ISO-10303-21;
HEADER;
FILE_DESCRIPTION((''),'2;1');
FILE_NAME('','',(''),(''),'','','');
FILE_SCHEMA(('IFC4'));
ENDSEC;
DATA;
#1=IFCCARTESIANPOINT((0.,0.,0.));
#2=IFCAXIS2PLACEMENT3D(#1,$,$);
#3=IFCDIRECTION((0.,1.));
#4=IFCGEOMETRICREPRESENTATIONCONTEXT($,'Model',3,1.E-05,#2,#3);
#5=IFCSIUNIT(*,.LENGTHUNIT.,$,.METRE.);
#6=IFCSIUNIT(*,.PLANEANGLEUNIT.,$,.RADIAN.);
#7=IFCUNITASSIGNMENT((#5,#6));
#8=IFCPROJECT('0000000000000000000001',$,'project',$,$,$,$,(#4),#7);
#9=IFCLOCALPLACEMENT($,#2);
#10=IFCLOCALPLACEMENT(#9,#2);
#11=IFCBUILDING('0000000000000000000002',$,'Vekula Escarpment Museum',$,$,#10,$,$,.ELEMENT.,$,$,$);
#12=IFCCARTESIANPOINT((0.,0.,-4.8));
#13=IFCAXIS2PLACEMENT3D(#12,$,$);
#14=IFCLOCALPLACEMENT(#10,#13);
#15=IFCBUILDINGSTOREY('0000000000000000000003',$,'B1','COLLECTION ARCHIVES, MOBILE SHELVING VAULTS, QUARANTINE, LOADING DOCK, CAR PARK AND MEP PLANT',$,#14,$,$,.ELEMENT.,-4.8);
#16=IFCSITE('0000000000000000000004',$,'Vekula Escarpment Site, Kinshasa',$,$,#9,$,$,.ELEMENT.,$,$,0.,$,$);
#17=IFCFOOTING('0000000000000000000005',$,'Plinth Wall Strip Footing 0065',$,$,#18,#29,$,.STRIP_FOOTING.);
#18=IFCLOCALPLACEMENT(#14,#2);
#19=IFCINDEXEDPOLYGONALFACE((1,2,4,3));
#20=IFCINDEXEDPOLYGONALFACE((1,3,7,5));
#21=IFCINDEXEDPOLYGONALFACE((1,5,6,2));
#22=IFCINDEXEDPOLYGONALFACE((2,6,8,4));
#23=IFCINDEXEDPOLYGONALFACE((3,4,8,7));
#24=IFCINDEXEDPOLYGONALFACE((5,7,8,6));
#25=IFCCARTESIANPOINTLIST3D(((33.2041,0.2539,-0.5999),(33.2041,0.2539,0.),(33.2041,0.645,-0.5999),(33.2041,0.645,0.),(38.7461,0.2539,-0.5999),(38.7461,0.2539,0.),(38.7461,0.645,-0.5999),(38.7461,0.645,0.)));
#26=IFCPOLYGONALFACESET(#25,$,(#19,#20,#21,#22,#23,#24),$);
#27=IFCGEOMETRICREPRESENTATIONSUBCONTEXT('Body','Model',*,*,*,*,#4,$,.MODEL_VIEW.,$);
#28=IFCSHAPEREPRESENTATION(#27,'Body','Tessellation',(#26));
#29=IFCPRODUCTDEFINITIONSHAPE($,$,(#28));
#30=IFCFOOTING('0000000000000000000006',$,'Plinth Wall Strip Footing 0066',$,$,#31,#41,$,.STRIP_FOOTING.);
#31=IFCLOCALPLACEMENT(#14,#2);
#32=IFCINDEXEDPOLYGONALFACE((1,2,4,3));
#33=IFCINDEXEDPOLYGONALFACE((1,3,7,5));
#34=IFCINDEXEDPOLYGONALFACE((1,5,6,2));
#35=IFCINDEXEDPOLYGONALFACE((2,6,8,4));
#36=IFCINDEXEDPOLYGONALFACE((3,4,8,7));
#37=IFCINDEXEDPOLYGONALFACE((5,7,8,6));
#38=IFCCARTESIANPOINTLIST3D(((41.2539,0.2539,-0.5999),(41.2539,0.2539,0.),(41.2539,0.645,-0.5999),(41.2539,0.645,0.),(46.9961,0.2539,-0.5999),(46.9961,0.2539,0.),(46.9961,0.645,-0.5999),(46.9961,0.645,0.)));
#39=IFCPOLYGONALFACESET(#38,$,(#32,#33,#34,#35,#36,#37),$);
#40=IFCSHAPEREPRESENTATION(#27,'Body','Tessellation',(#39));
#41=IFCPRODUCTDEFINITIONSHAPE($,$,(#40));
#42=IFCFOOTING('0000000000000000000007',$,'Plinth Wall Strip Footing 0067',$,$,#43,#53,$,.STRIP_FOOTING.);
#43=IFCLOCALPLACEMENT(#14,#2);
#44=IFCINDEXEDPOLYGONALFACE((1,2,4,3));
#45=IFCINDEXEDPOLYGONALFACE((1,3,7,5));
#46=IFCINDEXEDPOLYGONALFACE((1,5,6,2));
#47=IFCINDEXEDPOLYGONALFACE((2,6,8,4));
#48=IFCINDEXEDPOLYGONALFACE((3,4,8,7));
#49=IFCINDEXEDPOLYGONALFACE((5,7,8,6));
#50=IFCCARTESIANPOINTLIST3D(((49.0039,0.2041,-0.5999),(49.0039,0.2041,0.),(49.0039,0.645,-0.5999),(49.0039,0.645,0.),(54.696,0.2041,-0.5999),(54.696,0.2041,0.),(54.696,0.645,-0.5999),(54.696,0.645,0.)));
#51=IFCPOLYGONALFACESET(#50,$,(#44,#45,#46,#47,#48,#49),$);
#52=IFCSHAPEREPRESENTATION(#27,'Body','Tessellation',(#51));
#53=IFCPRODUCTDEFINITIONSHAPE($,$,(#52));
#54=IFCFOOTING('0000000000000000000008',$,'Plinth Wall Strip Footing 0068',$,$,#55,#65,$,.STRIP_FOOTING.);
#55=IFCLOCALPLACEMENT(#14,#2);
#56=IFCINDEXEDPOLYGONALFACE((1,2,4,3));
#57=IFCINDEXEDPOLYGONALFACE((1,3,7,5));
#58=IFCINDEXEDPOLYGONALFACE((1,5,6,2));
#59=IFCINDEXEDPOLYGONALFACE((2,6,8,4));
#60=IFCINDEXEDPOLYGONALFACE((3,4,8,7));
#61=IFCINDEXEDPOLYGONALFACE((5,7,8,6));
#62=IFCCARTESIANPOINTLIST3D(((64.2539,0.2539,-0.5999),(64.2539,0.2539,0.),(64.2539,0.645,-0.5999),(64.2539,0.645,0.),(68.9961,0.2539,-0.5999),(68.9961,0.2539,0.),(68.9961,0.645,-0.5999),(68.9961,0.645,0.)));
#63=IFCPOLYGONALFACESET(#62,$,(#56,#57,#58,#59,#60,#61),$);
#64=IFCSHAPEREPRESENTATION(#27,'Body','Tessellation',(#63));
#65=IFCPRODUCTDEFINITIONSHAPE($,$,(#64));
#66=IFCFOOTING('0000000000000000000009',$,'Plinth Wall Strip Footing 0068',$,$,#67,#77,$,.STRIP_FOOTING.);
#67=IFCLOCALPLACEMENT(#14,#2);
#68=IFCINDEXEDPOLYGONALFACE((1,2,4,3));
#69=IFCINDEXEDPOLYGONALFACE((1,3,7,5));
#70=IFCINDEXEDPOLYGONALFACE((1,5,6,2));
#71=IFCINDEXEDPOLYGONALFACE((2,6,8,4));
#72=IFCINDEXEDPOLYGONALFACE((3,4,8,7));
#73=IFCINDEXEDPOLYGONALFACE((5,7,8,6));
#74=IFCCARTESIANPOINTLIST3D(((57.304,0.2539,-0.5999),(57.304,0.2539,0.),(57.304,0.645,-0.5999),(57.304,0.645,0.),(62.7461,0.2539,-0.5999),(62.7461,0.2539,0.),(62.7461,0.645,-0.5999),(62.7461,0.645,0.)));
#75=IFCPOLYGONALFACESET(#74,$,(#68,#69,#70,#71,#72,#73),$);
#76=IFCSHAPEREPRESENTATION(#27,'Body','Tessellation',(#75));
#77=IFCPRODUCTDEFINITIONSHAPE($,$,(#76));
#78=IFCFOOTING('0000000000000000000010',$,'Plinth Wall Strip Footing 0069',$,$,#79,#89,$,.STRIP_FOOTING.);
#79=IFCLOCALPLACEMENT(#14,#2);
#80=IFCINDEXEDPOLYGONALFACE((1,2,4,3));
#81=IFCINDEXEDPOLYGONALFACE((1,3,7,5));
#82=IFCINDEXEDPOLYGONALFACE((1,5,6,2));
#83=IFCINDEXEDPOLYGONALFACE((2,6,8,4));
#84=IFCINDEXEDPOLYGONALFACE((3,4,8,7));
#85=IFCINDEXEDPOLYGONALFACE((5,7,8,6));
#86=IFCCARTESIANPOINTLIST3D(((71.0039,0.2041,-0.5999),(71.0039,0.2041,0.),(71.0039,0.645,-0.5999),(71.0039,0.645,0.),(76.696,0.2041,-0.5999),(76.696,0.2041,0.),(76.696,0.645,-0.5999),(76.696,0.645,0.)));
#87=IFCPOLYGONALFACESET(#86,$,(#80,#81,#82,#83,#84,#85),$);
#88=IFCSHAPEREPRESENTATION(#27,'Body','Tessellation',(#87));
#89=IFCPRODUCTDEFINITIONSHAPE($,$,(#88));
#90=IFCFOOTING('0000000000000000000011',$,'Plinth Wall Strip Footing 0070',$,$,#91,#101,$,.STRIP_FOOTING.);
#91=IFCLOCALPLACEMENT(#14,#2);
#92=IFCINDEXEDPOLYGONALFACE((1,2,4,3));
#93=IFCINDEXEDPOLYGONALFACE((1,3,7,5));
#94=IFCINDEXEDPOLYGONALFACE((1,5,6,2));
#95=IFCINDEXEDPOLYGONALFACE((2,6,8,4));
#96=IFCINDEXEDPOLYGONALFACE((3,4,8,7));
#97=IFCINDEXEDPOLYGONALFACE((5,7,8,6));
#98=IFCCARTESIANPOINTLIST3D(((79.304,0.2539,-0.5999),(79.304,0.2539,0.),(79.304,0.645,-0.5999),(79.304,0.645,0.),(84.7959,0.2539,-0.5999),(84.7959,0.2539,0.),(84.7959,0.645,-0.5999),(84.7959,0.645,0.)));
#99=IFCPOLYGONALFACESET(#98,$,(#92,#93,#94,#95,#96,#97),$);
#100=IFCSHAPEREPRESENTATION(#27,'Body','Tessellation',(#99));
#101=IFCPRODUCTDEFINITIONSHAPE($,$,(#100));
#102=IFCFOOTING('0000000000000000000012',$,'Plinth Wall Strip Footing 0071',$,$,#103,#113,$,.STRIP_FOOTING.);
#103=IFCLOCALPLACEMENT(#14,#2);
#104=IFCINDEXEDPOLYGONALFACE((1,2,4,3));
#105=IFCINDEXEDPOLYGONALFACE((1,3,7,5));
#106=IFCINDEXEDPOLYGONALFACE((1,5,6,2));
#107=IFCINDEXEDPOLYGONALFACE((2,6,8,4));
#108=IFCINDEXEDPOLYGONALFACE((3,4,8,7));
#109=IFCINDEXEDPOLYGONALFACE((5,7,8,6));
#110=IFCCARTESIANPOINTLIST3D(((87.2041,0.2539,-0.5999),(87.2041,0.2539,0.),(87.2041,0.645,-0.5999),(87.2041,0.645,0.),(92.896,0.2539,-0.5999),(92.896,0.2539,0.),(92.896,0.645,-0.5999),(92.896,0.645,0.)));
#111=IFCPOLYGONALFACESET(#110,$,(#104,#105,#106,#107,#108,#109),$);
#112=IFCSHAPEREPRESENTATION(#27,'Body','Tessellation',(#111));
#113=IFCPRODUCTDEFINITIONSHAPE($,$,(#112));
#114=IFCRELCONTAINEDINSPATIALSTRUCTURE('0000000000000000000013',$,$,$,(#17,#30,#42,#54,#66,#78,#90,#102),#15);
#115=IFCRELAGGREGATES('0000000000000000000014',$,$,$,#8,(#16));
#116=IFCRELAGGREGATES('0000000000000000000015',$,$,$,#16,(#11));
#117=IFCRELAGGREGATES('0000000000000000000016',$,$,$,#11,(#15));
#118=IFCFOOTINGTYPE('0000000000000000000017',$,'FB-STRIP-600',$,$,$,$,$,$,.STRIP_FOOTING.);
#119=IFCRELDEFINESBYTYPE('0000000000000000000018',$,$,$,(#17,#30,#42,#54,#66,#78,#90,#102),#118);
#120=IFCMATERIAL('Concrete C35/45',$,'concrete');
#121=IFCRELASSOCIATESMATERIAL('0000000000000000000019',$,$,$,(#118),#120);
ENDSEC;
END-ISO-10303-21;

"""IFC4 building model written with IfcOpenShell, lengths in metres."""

from ifc_helpers import new_model, si_unit, direction, frame, origin, place, context, subcontext, project, spatial, polyline, outline, extrude, material, type_object, element, save


model = new_model("IFC4")

# Units and contexts
model_context = context("Model", 3, precision=1e-05, world=origin(), true_north=direction((0.0, 1.0)))
body_context = subcontext(model_context, "Body", "Model", "MODEL_VIEW")
ifc_project = project(units=[si_unit("LENGTHUNIT", "METRE"), si_unit("PLANEANGLEUNIT", "RADIAN")], contexts=[model_context])

# Site, building, storey
site_placement = place(None, origin())
site = spatial("IfcSite", under=ifc_project, at=site_placement, Name="Vekula Escarpment Site, Kinshasa", CompositionType="ELEMENT", RefElevation=0.0)
building_placement = place(site_placement, origin())
building = spatial("IfcBuilding", under=site, at=building_placement, Name="Vekula Escarpment Museum", CompositionType="ELEMENT")
storey_placement = place(building_placement, frame((0.0, 0.0, -4.8)))
storey = spatial("IfcBuildingStorey", under=building, at=storey_placement, Name="B1", Description="COLLECTION ARCHIVES, MOBILE SHELVING VAULTS, QUARANTINE, LOADING DOCK, CAR PARK AND MEP PLANT", CompositionType="ELEMENT", Elevation=-4.8)

# Footings
ifc_material = material(Name="Concrete C35/45", Category="concrete")
footing_type = type_object("IfcFootingType", Name="FB-STRIP-600", PredefinedType="STRIP_FOOTING", material=ifc_material)
footing_1_placement = place(storey_placement, frame((0.0, 0.0, -0.5999)))
element("IfcFooting", 1, at=footing_1_placement, inside=storey, type_object=footing_type, Name="Plinth Wall Strip Footing 0065", PredefinedType="STRIP_FOOTING", context=body_context, shape_type="SweptSolid", body=[
    extrude(outline(polyline([(38.7461, 0.645), (38.7461, 0.2539), (33.2041, 0.2539), (33.2041, 0.645), (38.7461, 0.645)])), origin(), (0.0, 0.0, 1.0), 0.5999),
])
footing_2_placement = place(storey_placement, frame((0.0, 0.0, -0.5999)))
element("IfcFooting", 2, at=footing_2_placement, inside=storey, type_object=footing_type, Name="Plinth Wall Strip Footing 0066", PredefinedType="STRIP_FOOTING", context=body_context, shape_type="SweptSolid", body=[
    extrude(outline(polyline([(46.9961, 0.645), (46.9961, 0.2539), (41.2539, 0.2539), (41.2539, 0.645), (46.9961, 0.645)])), origin(), (0.0, 0.0, 1.0), 0.5999),
])
footing_3_placement = place(storey_placement, frame((0.0, 0.0, -0.5999)))
element("IfcFooting", 3, at=footing_3_placement, inside=storey, type_object=footing_type, Name="Plinth Wall Strip Footing 0067", PredefinedType="STRIP_FOOTING", context=body_context, shape_type="SweptSolid", body=[
    extrude(outline(polyline([(54.696, 0.645), (54.696, 0.2041), (49.0039, 0.2041), (49.0039, 0.645), (54.696, 0.645)])), origin(), (0.0, 0.0, 1.0), 0.5999),
])
footing_4_placement = place(storey_placement, frame((0.0, 0.0, -0.5999)))
element("IfcFooting", 4, at=footing_4_placement, inside=storey, type_object=footing_type, Name="Plinth Wall Strip Footing 0068", PredefinedType="STRIP_FOOTING", context=body_context, shape_type="SweptSolid", body=[
    extrude(outline(polyline([(68.9961, 0.645), (68.9961, 0.2539), (64.2539, 0.2539), (64.2539, 0.645), (68.9961, 0.645)])), origin(), (0.0, 0.0, 1.0), 0.5999),
])
footing_5_placement = place(storey_placement, frame((0.0, 0.0, -0.5999)))
element("IfcFooting", 5, at=footing_5_placement, inside=storey, type_object=footing_type, Name="Plinth Wall Strip Footing 0068", PredefinedType="STRIP_FOOTING", context=body_context, shape_type="SweptSolid", body=[
    extrude(outline(polyline([(62.7461, 0.645), (62.7461, 0.2539), (57.304, 0.2539), (57.304, 0.645), (62.7461, 0.645)])), origin(), (0.0, 0.0, 1.0), 0.5999),
])
footing_6_placement = place(storey_placement, frame((0.0, 0.0, -0.5999)))
element("IfcFooting", 6, at=footing_6_placement, inside=storey, type_object=footing_type, Name="Plinth Wall Strip Footing 0069", PredefinedType="STRIP_FOOTING", context=body_context, shape_type="SweptSolid", body=[
    extrude(outline(polyline([(76.696, 0.645), (76.696, 0.2041), (71.0039, 0.2041), (71.0039, 0.645), (76.696, 0.645)])), origin(), (0.0, 0.0, 1.0), 0.5999),
])
footing_7_placement = place(storey_placement, frame((0.0, 0.0, -0.5999)))
element("IfcFooting", 7, at=footing_7_placement, inside=storey, type_object=footing_type, Name="Plinth Wall Strip Footing 0070", PredefinedType="STRIP_FOOTING", context=body_context, shape_type="SweptSolid", body=[
    extrude(outline(polyline([(84.7959, 0.645), (84.7959, 0.2539), (79.304, 0.2539), (79.304, 0.645), (84.7959, 0.645)])), origin(), (0.0, 0.0, 1.0), 0.5999),
])
footing_8_placement = place(storey_placement, frame((0.0, 0.0, -0.5999)))
element("IfcFooting", 8, at=footing_8_placement, inside=storey, type_object=footing_type, Name="Plinth Wall Strip Footing 0071", PredefinedType="STRIP_FOOTING", context=body_context, shape_type="SweptSolid", body=[
    extrude(outline(polyline([(92.896, 0.645), (92.896, 0.2539), (87.2041, 0.2539), (87.2041, 0.645), (92.896, 0.645)])), origin(), (0.0, 0.0, 1.0), 0.5999),
])

save(model, "model.ifc")
